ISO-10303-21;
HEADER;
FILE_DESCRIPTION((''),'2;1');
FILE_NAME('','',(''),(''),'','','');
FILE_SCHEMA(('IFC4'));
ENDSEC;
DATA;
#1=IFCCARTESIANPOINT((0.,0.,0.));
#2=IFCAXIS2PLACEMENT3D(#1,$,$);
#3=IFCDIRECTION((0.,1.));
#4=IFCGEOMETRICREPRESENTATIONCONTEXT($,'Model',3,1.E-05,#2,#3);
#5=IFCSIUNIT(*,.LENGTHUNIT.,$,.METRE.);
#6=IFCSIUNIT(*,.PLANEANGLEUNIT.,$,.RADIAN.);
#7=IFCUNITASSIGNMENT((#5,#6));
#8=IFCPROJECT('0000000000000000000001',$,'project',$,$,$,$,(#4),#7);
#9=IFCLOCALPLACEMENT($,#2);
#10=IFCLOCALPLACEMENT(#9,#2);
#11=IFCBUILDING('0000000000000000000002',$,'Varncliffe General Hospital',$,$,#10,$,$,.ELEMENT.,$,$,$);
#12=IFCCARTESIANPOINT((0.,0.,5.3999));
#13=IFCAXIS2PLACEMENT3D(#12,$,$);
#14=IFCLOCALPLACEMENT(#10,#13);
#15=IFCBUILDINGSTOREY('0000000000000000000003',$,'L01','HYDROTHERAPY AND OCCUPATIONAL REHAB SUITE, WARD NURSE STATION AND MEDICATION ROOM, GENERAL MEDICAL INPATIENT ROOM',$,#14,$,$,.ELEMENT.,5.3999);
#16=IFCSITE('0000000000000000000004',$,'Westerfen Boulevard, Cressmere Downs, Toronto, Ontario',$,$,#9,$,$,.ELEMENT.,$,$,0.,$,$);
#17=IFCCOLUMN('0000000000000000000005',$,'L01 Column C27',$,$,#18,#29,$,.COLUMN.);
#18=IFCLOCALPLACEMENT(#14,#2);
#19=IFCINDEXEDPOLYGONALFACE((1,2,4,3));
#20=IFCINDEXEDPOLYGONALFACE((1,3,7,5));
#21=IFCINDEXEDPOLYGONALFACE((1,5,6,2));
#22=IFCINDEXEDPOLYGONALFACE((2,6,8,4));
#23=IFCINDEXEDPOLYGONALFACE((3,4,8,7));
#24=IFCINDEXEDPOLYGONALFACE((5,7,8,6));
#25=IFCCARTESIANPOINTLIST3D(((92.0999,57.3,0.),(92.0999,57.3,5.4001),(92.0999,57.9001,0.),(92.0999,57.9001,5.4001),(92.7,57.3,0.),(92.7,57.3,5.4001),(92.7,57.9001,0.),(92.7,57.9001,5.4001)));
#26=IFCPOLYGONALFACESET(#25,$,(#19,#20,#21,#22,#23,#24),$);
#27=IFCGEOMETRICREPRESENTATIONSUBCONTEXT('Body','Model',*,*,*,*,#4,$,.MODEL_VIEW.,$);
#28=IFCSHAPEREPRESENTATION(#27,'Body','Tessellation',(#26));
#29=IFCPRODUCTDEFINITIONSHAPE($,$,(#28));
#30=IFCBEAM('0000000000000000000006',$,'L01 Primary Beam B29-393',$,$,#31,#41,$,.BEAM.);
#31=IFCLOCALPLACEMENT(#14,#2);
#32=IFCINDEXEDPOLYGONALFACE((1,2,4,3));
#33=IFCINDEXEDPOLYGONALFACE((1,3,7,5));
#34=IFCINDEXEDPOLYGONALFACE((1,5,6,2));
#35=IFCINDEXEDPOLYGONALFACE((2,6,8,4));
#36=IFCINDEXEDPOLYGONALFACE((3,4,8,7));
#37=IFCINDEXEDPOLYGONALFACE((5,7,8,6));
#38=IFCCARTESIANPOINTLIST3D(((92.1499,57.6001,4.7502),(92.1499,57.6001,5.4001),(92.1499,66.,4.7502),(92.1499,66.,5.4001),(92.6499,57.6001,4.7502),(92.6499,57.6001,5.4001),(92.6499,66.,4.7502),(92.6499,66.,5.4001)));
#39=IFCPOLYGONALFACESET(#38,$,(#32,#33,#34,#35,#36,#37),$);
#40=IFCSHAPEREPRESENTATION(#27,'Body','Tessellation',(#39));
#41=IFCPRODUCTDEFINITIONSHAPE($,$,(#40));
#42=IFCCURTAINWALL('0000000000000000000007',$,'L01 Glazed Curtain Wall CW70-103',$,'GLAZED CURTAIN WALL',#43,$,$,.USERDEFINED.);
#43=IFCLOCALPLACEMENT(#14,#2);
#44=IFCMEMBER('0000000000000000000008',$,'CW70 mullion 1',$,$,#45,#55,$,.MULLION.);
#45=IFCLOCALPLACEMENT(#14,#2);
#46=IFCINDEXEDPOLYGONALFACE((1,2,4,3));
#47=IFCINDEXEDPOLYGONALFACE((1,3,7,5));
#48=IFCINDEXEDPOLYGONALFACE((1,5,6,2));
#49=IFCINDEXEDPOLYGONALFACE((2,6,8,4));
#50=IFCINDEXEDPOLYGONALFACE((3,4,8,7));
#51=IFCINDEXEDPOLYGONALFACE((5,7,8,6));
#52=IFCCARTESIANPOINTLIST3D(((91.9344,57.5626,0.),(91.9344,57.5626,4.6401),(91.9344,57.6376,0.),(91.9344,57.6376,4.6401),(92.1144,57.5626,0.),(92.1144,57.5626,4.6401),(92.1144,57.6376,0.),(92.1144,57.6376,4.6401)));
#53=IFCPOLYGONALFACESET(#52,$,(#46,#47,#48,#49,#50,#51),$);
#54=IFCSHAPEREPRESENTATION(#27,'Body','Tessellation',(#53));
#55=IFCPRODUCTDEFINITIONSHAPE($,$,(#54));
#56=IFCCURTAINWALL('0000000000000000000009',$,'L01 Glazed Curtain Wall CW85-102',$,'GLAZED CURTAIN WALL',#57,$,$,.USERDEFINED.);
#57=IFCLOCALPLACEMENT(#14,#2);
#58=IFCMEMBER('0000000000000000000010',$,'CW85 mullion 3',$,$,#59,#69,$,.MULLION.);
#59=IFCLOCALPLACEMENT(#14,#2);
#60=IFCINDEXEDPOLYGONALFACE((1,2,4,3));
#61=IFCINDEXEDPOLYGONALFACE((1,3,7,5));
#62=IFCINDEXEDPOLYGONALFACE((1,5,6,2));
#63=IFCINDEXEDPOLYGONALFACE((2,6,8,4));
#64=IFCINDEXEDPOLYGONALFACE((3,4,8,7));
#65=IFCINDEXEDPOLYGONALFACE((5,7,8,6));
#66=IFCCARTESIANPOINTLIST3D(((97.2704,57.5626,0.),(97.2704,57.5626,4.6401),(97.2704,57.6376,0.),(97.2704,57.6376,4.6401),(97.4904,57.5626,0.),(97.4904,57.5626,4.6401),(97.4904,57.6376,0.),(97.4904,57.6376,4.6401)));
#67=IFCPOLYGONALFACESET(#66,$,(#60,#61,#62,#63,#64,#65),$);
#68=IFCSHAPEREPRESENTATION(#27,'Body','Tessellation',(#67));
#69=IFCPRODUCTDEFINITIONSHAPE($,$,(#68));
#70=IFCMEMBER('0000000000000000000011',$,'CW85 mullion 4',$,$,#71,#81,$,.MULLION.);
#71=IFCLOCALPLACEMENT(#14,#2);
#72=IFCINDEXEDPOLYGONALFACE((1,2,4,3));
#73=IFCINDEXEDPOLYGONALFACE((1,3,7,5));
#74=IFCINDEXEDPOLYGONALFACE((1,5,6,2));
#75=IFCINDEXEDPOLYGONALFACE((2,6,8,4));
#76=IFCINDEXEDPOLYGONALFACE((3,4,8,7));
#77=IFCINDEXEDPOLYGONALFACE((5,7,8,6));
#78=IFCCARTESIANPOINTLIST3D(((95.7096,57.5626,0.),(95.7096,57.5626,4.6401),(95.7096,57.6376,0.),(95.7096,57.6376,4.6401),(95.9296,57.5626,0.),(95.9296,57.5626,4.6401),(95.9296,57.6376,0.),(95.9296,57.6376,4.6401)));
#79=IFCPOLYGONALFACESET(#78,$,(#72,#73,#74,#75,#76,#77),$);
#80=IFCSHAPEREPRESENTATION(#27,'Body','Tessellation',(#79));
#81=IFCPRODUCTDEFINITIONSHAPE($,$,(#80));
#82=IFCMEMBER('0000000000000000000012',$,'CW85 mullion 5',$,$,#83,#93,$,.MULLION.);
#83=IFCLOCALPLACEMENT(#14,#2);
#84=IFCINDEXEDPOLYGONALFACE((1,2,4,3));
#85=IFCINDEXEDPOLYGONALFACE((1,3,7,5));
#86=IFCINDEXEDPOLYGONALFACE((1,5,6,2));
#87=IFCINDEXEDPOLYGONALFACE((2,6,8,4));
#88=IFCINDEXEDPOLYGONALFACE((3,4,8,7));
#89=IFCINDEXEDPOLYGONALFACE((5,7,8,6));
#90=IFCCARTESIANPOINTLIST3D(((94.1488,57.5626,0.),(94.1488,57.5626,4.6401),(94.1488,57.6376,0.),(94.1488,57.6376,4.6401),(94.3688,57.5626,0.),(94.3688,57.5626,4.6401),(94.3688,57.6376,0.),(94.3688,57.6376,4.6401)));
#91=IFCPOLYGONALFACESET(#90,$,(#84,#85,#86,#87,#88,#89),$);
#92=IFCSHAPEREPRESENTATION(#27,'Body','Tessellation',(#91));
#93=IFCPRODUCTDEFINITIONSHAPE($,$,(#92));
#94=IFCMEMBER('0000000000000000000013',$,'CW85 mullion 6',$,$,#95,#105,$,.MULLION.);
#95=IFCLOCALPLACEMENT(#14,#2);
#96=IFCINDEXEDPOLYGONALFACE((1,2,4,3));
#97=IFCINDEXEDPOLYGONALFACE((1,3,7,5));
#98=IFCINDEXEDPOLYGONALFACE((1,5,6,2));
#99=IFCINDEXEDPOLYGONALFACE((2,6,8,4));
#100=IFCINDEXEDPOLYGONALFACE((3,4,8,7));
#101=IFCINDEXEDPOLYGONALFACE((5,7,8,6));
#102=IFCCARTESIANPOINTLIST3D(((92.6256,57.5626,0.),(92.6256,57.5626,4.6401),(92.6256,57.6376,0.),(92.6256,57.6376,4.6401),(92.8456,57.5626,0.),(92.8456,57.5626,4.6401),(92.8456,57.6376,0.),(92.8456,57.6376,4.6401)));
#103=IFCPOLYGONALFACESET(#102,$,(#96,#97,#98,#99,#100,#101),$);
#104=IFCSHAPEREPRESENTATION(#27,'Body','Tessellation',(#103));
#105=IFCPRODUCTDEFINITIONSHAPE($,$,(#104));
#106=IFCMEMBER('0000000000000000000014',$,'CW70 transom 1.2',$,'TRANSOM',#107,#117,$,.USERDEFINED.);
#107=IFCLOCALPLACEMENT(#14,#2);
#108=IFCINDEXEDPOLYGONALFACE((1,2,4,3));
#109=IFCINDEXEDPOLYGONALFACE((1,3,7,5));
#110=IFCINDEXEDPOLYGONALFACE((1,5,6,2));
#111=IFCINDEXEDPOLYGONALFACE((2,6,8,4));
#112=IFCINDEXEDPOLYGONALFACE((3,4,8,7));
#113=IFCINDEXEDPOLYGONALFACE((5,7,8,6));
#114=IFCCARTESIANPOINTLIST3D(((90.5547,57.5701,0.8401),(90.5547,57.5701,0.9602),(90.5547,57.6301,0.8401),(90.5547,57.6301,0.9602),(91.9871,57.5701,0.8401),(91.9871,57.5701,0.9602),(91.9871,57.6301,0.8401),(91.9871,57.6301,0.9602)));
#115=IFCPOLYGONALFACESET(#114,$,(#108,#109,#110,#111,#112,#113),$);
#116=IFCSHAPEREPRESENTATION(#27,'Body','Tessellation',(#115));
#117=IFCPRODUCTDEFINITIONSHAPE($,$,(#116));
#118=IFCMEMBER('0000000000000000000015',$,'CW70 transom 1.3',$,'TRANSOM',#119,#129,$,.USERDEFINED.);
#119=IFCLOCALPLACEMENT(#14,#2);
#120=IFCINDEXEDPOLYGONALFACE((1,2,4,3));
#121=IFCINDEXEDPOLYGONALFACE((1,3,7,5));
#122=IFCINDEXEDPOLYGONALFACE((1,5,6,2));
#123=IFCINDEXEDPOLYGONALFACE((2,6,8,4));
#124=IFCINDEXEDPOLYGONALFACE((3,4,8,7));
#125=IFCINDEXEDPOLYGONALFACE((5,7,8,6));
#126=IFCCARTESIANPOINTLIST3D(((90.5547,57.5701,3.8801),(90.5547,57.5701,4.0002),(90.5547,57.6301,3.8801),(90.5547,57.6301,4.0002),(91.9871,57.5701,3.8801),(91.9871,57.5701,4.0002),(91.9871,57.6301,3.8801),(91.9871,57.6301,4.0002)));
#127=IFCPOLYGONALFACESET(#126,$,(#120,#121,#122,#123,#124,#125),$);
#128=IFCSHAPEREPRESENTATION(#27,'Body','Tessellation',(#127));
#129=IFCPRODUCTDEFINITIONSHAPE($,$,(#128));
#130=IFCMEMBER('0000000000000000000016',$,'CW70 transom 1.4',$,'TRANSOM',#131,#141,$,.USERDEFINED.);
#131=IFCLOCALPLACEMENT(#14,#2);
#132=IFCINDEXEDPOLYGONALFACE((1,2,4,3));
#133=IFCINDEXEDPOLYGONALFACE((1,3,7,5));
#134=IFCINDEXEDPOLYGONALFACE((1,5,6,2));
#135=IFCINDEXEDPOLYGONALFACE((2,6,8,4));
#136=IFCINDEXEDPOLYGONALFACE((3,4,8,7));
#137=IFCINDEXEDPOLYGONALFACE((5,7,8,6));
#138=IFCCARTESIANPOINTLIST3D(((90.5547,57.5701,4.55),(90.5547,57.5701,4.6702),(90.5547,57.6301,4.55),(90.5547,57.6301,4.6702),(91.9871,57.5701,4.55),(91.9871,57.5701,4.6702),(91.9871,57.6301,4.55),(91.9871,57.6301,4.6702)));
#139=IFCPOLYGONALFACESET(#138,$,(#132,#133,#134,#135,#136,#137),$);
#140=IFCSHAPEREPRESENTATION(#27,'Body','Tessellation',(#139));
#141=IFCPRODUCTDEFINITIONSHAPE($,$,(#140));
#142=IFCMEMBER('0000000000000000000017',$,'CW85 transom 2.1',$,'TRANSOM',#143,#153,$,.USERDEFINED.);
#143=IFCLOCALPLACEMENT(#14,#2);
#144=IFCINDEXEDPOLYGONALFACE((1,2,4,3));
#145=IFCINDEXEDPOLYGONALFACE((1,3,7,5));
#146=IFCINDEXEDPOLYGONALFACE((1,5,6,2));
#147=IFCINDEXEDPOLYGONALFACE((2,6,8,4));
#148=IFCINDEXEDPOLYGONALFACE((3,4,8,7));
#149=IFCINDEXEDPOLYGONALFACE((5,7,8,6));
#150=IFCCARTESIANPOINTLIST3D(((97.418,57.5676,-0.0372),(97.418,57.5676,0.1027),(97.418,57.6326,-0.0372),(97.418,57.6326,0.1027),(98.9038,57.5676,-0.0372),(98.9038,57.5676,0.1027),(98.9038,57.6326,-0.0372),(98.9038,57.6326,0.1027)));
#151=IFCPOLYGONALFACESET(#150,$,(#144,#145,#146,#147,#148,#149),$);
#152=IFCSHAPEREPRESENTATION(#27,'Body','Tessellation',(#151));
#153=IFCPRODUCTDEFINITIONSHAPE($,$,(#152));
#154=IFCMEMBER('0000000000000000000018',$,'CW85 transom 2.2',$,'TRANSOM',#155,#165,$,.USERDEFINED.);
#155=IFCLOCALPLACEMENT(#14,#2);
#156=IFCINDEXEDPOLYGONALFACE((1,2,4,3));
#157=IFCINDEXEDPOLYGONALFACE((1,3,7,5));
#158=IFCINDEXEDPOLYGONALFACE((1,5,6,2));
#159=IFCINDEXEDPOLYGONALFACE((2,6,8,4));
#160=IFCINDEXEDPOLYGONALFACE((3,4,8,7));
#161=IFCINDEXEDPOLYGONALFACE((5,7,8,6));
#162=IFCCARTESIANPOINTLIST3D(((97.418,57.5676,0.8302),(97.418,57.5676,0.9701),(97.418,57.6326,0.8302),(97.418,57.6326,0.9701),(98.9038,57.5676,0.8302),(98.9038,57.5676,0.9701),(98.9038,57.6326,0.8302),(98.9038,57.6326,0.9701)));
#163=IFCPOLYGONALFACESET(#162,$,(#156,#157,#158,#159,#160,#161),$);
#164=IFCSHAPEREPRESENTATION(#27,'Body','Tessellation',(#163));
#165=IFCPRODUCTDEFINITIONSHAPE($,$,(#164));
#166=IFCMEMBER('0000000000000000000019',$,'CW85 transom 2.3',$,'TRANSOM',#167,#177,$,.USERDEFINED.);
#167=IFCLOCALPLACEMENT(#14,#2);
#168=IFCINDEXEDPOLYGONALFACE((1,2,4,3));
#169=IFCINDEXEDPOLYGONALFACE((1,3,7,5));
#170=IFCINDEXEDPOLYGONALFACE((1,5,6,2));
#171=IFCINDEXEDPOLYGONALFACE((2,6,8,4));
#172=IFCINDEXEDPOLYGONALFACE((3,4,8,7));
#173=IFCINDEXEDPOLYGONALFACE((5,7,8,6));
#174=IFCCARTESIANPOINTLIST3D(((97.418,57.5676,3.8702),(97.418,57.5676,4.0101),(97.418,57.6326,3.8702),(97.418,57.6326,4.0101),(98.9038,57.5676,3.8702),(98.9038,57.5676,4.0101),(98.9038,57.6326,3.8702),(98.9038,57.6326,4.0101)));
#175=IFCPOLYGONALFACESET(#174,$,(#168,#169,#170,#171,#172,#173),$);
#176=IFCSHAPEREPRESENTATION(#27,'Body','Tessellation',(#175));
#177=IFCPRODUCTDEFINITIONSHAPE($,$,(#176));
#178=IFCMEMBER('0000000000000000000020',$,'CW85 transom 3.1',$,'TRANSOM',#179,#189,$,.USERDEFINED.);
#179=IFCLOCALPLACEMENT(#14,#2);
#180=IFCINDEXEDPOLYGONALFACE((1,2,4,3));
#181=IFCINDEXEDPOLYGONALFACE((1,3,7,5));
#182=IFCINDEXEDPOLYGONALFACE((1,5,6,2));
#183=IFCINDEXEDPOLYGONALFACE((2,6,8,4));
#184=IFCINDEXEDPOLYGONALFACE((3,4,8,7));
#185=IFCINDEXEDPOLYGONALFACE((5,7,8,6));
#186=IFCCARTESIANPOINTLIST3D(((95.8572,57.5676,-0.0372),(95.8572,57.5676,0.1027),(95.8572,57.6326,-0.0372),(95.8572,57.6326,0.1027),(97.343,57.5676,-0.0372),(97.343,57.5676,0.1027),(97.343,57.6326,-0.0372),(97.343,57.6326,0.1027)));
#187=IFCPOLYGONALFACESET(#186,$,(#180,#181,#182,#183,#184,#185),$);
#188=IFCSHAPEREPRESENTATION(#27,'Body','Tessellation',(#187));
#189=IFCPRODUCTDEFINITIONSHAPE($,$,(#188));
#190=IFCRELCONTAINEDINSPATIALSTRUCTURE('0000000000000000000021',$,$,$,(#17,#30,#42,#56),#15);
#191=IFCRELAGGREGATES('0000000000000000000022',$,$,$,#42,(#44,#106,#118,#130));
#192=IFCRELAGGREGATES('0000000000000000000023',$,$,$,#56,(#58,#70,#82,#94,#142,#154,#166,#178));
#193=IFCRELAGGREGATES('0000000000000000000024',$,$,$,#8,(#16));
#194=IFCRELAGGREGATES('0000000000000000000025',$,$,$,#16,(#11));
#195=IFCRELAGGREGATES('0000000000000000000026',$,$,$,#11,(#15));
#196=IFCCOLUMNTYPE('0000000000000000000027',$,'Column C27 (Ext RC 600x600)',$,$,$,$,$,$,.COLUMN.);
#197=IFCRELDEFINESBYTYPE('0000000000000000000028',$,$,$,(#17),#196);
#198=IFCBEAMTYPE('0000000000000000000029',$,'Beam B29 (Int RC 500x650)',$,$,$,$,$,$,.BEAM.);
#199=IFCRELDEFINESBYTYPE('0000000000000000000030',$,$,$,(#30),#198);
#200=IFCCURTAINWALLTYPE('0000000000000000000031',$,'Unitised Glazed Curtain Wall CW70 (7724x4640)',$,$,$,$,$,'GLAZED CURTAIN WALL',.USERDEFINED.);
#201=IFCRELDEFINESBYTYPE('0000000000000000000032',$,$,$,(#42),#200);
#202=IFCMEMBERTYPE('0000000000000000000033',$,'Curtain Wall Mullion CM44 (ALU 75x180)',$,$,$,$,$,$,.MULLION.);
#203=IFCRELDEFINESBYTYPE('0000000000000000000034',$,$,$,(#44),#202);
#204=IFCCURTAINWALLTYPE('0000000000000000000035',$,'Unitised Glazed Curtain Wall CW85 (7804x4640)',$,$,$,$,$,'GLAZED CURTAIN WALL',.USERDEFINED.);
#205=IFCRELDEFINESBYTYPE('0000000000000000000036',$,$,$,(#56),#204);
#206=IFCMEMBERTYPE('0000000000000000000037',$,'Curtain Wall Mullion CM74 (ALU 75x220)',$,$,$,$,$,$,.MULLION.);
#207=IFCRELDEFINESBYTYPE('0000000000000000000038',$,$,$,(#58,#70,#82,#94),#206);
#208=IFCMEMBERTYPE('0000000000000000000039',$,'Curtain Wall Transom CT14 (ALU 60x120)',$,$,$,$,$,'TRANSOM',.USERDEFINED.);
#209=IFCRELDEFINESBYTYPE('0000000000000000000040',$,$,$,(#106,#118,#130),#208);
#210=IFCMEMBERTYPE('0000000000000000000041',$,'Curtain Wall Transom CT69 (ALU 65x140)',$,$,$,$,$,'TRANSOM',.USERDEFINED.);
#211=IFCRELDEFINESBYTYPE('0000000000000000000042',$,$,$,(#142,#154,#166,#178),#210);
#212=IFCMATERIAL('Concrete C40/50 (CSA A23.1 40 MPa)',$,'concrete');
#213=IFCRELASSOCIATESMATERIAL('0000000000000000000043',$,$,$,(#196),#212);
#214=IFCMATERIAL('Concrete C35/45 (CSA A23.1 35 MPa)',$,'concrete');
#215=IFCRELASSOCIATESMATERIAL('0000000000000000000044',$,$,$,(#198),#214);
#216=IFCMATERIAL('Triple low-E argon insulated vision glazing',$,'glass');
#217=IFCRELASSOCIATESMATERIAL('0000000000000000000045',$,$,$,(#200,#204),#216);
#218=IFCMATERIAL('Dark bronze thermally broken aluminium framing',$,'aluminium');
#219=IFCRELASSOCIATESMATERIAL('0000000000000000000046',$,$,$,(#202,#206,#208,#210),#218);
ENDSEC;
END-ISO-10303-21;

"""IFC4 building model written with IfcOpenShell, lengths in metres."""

from ifc_helpers import new_model, si_unit, direction, frame, origin, origin_2d, place, context, subcontext, project, spatial, rectangle, extrude, material, material_profile, profile_set, type_object, element, aggregate, save


model = new_model("IFC4")

# Units and contexts
model_context = context("Model", 3, precision=1e-05, world=origin(), true_north=direction((0.0, 1.0)))
body_context = subcontext(model_context, "Body", "Model", "MODEL_VIEW")
ifc_project = project(units=[si_unit("LENGTHUNIT", "METRE"), si_unit("PLANEANGLEUNIT", "RADIAN")], contexts=[model_context])

# Site, building, storey
site_placement = place(None, origin())
site = spatial("IfcSite", under=ifc_project, at=site_placement, Name="Westerfen Boulevard, Cressmere Downs, Toronto, Ontario", CompositionType="ELEMENT", RefElevation=0.0)
building_placement = place(site_placement, origin())
building = spatial("IfcBuilding", under=site, at=building_placement, Name="Varncliffe General Hospital", CompositionType="ELEMENT")
storey_placement = place(building_placement, frame((0.0, 0.0, 5.3999)))
storey = spatial("IfcBuildingStorey", under=building, at=storey_placement, Name="L01", Description="HYDROTHERAPY AND OCCUPATIONAL REHAB SUITE, WARD NURSE STATION AND MEDICATION ROOM, GENERAL MEDICAL INPATIENT ROOM", CompositionType="ELEMENT", Elevation=5.3999)

# Column
ifc_material_1 = material(Name="Concrete C40/50 (CSA A23.1 40 MPa)", Category="concrete")
ifc_material_profile_1 = material_profile(ifc_material_1, rectangle(XDim=0.6001, YDim=0.6001, at=origin_2d()), Name="RC 600x600")
ifc_profile_set_1 = profile_set([ifc_material_profile_1], Name="Concrete C40/50 (CSA A23.1 40 MPa)")
column_type = type_object("IfcColumnType", Name="Column C27 (Ext RC 600x600)", PredefinedType="COLUMN", material=ifc_profile_set_1)
column_placement = place(storey_placement, frame((92.3999, 57.6001, 0.0), z_axis=(0.0, 0.0, 1.0), x_axis=(1.0, 0.0, 0.0)))
element("IfcColumn", 1, at=column_placement, inside=storey, type_object=column_type, Name="L01 Column C27", PredefinedType="COLUMN", context=body_context, shape_type="SweptSolid", body=[
    extrude(rectangle(XDim=0.6001, YDim=0.6001, at=origin_2d()), origin(), (0.0, 0.0, 1.0), 5.4001),
])

# Beam
ifc_material_2 = material(Name="Concrete C35/45 (CSA A23.1 35 MPa)", Category="concrete")
ifc_material_profile_2 = material_profile(ifc_material_2, rectangle(XDim=0.5, YDim=0.6499, at=origin_2d()), Name="RC 500x650")
ifc_profile_set_2 = profile_set([ifc_material_profile_2], Name="Concrete C35/45 (CSA A23.1 35 MPa)")
beam_type_1 = type_object("IfcBeamType", Name="Beam B29 (Int RC 500x650)", PredefinedType="BEAM", material=ifc_profile_set_2)
beam_1_placement = place(storey_placement, frame((92.3999, 57.6001, 5.0752), z_axis=(0.0, 1.0, 0.0), x_axis=(-1.0, 0.0, 0.0)))
element("IfcBeam", 2, at=beam_1_placement, inside=storey, type_object=beam_type_1, Name="L01 Primary Beam B29-393", PredefinedType="BEAM", context=body_context, shape_type="SweptSolid", body=[
    extrude(rectangle(XDim=0.5, YDim=0.6499, at=origin_2d()), origin(), (0.0, 0.0, 1.0), 8.3999),
])

# Curtain wall, member
ifc_material_3 = material(Name="Triple low-E argon insulated vision glazing", Category="glass")
curtain_wall_type_1 = type_object("IfcCurtainWallType", Name="Unitised Glazed Curtain Wall CW70 (7724x4640)", ElementType="GLAZED CURTAIN WALL", PredefinedType="USERDEFINED", material=ifc_material_3)
curtain_wall_1_placement = place(storey_placement, origin())
curtain_wall_1 = element("IfcCurtainWall", 3, at=curtain_wall_1_placement, inside=storey, type_object=curtain_wall_type_1, Name="L01 Glazed Curtain Wall CW70-103", ObjectType="GLAZED CURTAIN WALL", PredefinedType="USERDEFINED")
ifc_material_4 = material(Name="Dark bronze thermally broken aluminium framing", Category="aluminium")
ifc_material_profile_3 = material_profile(ifc_material_4, rectangle(XDim=0.075, YDim=0.1799, at=origin_2d()), Name="ALU 75x180")
ifc_profile_set_3 = profile_set([ifc_material_profile_3], Name="Dark bronze thermally broken aluminium framing")
member_type_1 = type_object("IfcMemberType", Name="Curtain Wall Mullion CM44 (ALU 75x180)", PredefinedType="MULLION", material=ifc_profile_set_3)
member_1_placement = place(storey_placement, frame((92.0244, 57.6001, 0.0), z_axis=(0.0, 0.0, 1.0), x_axis=(0.0, -1.0, 0.0)))
member_1 = element("IfcMember", 4, at=member_1_placement, type_object=member_type_1, Name="CW70 mullion 1", PredefinedType="MULLION", context=body_context, shape_type="SweptSolid", body=[
    extrude(rectangle(XDim=0.075, YDim=0.1799, at=origin_2d()), origin(), (0.0, 0.0, 1.0), 4.6401),
])

# Curtain wall, members
curtain_wall_type_2 = type_object("IfcCurtainWallType", Name="Unitised Glazed Curtain Wall CW85 (7804x4640)", ElementType="GLAZED CURTAIN WALL", PredefinedType="USERDEFINED", material=ifc_material_3)
curtain_wall_2_placement = place(storey_placement, origin())
curtain_wall_2 = element("IfcCurtainWall", 5, at=curtain_wall_2_placement, inside=storey, type_object=curtain_wall_type_2, Name="L01 Glazed Curtain Wall CW85-102", ObjectType="GLAZED CURTAIN WALL", PredefinedType="USERDEFINED")
ifc_material_profile_4 = material_profile(ifc_material_4, rectangle(XDim=0.075, YDim=0.22, at=origin_2d()), Name="ALU 75x220")
ifc_profile_set_4 = profile_set([ifc_material_profile_4], Name="Dark bronze thermally broken aluminium framing")
member_type_2 = type_object("IfcMemberType", Name="Curtain Wall Mullion CM74 (ALU 75x220)", PredefinedType="MULLION", material=ifc_profile_set_4)
member_2_placement = place(storey_placement, frame((97.3804, 57.6001, 0.0), z_axis=(0.0, 0.0, 1.0), x_axis=(0.0, -1.0, 0.0)))
member_2 = element("IfcMember", 6, at=member_2_placement, type_object=member_type_2, Name="CW85 mullion 3", PredefinedType="MULLION", context=body_context, shape_type="SweptSolid", body=[
    extrude(rectangle(XDim=0.075, YDim=0.22, at=origin_2d()), origin(), (0.0, 0.0, 1.0), 4.6401),
])
member_3_placement = place(storey_placement, frame((95.8196, 57.6001, 0.0), z_axis=(0.0, 0.0, 1.0), x_axis=(0.0, -1.0, 0.0)))
member_3 = element("IfcMember", 7, at=member_3_placement, type_object=member_type_2, Name="CW85 mullion 4", PredefinedType="MULLION", context=body_context, shape_type="SweptSolid", body=[
    extrude(rectangle(XDim=0.075, YDim=0.22, at=origin_2d()), origin(), (0.0, 0.0, 1.0), 4.6401),
])
member_4_placement = place(storey_placement, frame((94.2588, 57.6001, 0.0), z_axis=(0.0, 0.0, 1.0), x_axis=(0.0, -1.0, 0.0)))
member_4 = element("IfcMember", 8, at=member_4_placement, type_object=member_type_2, Name="CW85 mullion 5", PredefinedType="MULLION", context=body_context, shape_type="SweptSolid", body=[
    extrude(rectangle(XDim=0.075, YDim=0.22, at=origin_2d()), origin(), (0.0, 0.0, 1.0), 4.6401),
])
member_5_placement = place(storey_placement, frame((92.7356, 57.6001, 0.0), z_axis=(0.0, 0.0, 1.0), x_axis=(0.0, -1.0, 0.0)))
member_5 = element("IfcMember", 9, at=member_5_placement, type_object=member_type_2, Name="CW85 mullion 6", PredefinedType="MULLION", context=body_context, shape_type="SweptSolid", body=[
    extrude(rectangle(XDim=0.075, YDim=0.22, at=origin_2d()), origin(), (0.0, 0.0, 1.0), 4.6401),
])

# Members
ifc_material_profile_5 = material_profile(ifc_material_4, rectangle(XDim=0.0601, YDim=0.1201, at=origin_2d()), Name="ALU 60x120")
ifc_profile_set_5 = profile_set([ifc_material_profile_5], Name="Dark bronze thermally broken aluminium framing")
member_type_3 = type_object("IfcMemberType", Name="Curtain Wall Transom CT14 (ALU 60x120)", ElementType="TRANSOM", PredefinedType="USERDEFINED", material=ifc_profile_set_5)
member_6_placement = place(storey_placement, frame((91.9871, 57.6001, 0.9001), z_axis=(-1.0, 0.0, 0.0), x_axis=(0.0, -1.0, 0.0)))
member_6 = element("IfcMember", 10, at=member_6_placement, type_object=member_type_3, Name="CW70 transom 1.2", ObjectType="TRANSOM", PredefinedType="USERDEFINED", context=body_context, shape_type="SweptSolid", body=[
    extrude(rectangle(XDim=0.0601, YDim=0.1201, at=origin_2d()), origin(), (0.0, 0.0, 1.0), 1.4324),
])
member_7_placement = place(storey_placement, frame((91.9871, 57.6001, 3.9402), z_axis=(-1.0, 0.0, 0.0), x_axis=(0.0, -1.0, 0.0)))
member_7 = element("IfcMember", 11, at=member_7_placement, type_object=member_type_3, Name="CW70 transom 1.3", ObjectType="TRANSOM", PredefinedType="USERDEFINED", context=body_context, shape_type="SweptSolid", body=[
    extrude(rectangle(XDim=0.0601, YDim=0.1201, at=origin_2d()), origin(), (0.0, 0.0, 1.0), 1.4324),
])
member_8_placement = place(storey_placement, frame((91.9871, 57.6001, 4.6101), z_axis=(-1.0, 0.0, 0.0), x_axis=(0.0, -1.0, 0.0)))
member_8 = element("IfcMember", 12, at=member_8_placement, type_object=member_type_3, Name="CW70 transom 1.4", ObjectType="TRANSOM", PredefinedType="USERDEFINED", context=body_context, shape_type="SweptSolid", body=[
    extrude(rectangle(XDim=0.0601, YDim=0.1201, at=origin_2d()), origin(), (0.0, 0.0, 1.0), 1.4324),
])
aggregate(curtain_wall_1, [member_1, member_6, member_7, member_8])
ifc_material_profile_6 = material_profile(ifc_material_4, rectangle(XDim=0.0649, YDim=0.1399, at=origin_2d()), Name="ALU 65x140")
ifc_profile_set_6 = profile_set([ifc_material_profile_6], Name="Dark bronze thermally broken aluminium framing")
member_type_4 = type_object("IfcMemberType", Name="Curtain Wall Transom CT69 (ALU 65x140)", ElementType="TRANSOM", PredefinedType="USERDEFINED", material=ifc_profile_set_6)
member_9_placement = place(storey_placement, frame((98.9038, 57.6001, 0.0327), z_axis=(-1.0, 0.0, 0.0), x_axis=(0.0, -1.0, 0.0)))
member_9 = element("IfcMember", 13, at=member_9_placement, type_object=member_type_4, Name="CW85 transom 2.1", ObjectType="TRANSOM", PredefinedType="USERDEFINED", context=body_context, shape_type="SweptSolid", body=[
    extrude(rectangle(XDim=0.0649, YDim=0.1399, at=origin_2d()), origin(), (0.0, 0.0, 1.0), 1.4858),
])
member_10_placement = place(storey_placement, frame((98.9038, 57.6001, 0.9001), z_axis=(-1.0, 0.0, 0.0), x_axis=(0.0, -1.0, 0.0)))
member_10 = element("IfcMember", 14, at=member_10_placement, type_object=member_type_4, Name="CW85 transom 2.2", ObjectType="TRANSOM", PredefinedType="USERDEFINED", context=body_context, shape_type="SweptSolid", body=[
    extrude(rectangle(XDim=0.0649, YDim=0.1399, at=origin_2d()), origin(), (0.0, 0.0, 1.0), 1.4858),
])
member_11_placement = place(storey_placement, frame((98.9038, 57.6001, 3.9402), z_axis=(-1.0, 0.0, 0.0), x_axis=(0.0, -1.0, 0.0)))
member_11 = element("IfcMember", 15, at=member_11_placement, type_object=member_type_4, Name="CW85 transom 2.3", ObjectType="TRANSOM", PredefinedType="USERDEFINED", context=body_context, shape_type="SweptSolid", body=[
    extrude(rectangle(XDim=0.0649, YDim=0.1399, at=origin_2d()), origin(), (0.0, 0.0, 1.0), 1.4858),
])
member_12_placement = place(storey_placement, frame((97.343, 57.6001, 0.0327), z_axis=(-1.0, 0.0, 0.0), x_axis=(0.0, -1.0, 0.0)))
member_12 = element("IfcMember", 16, at=member_12_placement, type_object=member_type_4, Name="CW85 transom 3.1", ObjectType="TRANSOM", PredefinedType="USERDEFINED", context=body_context, shape_type="SweptSolid", body=[
    extrude(rectangle(XDim=0.0649, YDim=0.1399, at=origin_2d()), origin(), (0.0, 0.0, 1.0), 1.4858),
])

aggregate(curtain_wall_2, [member_2, member_3, member_4, member_5, member_9, member_10, member_11, member_12])

save(model, "model.ifc")
